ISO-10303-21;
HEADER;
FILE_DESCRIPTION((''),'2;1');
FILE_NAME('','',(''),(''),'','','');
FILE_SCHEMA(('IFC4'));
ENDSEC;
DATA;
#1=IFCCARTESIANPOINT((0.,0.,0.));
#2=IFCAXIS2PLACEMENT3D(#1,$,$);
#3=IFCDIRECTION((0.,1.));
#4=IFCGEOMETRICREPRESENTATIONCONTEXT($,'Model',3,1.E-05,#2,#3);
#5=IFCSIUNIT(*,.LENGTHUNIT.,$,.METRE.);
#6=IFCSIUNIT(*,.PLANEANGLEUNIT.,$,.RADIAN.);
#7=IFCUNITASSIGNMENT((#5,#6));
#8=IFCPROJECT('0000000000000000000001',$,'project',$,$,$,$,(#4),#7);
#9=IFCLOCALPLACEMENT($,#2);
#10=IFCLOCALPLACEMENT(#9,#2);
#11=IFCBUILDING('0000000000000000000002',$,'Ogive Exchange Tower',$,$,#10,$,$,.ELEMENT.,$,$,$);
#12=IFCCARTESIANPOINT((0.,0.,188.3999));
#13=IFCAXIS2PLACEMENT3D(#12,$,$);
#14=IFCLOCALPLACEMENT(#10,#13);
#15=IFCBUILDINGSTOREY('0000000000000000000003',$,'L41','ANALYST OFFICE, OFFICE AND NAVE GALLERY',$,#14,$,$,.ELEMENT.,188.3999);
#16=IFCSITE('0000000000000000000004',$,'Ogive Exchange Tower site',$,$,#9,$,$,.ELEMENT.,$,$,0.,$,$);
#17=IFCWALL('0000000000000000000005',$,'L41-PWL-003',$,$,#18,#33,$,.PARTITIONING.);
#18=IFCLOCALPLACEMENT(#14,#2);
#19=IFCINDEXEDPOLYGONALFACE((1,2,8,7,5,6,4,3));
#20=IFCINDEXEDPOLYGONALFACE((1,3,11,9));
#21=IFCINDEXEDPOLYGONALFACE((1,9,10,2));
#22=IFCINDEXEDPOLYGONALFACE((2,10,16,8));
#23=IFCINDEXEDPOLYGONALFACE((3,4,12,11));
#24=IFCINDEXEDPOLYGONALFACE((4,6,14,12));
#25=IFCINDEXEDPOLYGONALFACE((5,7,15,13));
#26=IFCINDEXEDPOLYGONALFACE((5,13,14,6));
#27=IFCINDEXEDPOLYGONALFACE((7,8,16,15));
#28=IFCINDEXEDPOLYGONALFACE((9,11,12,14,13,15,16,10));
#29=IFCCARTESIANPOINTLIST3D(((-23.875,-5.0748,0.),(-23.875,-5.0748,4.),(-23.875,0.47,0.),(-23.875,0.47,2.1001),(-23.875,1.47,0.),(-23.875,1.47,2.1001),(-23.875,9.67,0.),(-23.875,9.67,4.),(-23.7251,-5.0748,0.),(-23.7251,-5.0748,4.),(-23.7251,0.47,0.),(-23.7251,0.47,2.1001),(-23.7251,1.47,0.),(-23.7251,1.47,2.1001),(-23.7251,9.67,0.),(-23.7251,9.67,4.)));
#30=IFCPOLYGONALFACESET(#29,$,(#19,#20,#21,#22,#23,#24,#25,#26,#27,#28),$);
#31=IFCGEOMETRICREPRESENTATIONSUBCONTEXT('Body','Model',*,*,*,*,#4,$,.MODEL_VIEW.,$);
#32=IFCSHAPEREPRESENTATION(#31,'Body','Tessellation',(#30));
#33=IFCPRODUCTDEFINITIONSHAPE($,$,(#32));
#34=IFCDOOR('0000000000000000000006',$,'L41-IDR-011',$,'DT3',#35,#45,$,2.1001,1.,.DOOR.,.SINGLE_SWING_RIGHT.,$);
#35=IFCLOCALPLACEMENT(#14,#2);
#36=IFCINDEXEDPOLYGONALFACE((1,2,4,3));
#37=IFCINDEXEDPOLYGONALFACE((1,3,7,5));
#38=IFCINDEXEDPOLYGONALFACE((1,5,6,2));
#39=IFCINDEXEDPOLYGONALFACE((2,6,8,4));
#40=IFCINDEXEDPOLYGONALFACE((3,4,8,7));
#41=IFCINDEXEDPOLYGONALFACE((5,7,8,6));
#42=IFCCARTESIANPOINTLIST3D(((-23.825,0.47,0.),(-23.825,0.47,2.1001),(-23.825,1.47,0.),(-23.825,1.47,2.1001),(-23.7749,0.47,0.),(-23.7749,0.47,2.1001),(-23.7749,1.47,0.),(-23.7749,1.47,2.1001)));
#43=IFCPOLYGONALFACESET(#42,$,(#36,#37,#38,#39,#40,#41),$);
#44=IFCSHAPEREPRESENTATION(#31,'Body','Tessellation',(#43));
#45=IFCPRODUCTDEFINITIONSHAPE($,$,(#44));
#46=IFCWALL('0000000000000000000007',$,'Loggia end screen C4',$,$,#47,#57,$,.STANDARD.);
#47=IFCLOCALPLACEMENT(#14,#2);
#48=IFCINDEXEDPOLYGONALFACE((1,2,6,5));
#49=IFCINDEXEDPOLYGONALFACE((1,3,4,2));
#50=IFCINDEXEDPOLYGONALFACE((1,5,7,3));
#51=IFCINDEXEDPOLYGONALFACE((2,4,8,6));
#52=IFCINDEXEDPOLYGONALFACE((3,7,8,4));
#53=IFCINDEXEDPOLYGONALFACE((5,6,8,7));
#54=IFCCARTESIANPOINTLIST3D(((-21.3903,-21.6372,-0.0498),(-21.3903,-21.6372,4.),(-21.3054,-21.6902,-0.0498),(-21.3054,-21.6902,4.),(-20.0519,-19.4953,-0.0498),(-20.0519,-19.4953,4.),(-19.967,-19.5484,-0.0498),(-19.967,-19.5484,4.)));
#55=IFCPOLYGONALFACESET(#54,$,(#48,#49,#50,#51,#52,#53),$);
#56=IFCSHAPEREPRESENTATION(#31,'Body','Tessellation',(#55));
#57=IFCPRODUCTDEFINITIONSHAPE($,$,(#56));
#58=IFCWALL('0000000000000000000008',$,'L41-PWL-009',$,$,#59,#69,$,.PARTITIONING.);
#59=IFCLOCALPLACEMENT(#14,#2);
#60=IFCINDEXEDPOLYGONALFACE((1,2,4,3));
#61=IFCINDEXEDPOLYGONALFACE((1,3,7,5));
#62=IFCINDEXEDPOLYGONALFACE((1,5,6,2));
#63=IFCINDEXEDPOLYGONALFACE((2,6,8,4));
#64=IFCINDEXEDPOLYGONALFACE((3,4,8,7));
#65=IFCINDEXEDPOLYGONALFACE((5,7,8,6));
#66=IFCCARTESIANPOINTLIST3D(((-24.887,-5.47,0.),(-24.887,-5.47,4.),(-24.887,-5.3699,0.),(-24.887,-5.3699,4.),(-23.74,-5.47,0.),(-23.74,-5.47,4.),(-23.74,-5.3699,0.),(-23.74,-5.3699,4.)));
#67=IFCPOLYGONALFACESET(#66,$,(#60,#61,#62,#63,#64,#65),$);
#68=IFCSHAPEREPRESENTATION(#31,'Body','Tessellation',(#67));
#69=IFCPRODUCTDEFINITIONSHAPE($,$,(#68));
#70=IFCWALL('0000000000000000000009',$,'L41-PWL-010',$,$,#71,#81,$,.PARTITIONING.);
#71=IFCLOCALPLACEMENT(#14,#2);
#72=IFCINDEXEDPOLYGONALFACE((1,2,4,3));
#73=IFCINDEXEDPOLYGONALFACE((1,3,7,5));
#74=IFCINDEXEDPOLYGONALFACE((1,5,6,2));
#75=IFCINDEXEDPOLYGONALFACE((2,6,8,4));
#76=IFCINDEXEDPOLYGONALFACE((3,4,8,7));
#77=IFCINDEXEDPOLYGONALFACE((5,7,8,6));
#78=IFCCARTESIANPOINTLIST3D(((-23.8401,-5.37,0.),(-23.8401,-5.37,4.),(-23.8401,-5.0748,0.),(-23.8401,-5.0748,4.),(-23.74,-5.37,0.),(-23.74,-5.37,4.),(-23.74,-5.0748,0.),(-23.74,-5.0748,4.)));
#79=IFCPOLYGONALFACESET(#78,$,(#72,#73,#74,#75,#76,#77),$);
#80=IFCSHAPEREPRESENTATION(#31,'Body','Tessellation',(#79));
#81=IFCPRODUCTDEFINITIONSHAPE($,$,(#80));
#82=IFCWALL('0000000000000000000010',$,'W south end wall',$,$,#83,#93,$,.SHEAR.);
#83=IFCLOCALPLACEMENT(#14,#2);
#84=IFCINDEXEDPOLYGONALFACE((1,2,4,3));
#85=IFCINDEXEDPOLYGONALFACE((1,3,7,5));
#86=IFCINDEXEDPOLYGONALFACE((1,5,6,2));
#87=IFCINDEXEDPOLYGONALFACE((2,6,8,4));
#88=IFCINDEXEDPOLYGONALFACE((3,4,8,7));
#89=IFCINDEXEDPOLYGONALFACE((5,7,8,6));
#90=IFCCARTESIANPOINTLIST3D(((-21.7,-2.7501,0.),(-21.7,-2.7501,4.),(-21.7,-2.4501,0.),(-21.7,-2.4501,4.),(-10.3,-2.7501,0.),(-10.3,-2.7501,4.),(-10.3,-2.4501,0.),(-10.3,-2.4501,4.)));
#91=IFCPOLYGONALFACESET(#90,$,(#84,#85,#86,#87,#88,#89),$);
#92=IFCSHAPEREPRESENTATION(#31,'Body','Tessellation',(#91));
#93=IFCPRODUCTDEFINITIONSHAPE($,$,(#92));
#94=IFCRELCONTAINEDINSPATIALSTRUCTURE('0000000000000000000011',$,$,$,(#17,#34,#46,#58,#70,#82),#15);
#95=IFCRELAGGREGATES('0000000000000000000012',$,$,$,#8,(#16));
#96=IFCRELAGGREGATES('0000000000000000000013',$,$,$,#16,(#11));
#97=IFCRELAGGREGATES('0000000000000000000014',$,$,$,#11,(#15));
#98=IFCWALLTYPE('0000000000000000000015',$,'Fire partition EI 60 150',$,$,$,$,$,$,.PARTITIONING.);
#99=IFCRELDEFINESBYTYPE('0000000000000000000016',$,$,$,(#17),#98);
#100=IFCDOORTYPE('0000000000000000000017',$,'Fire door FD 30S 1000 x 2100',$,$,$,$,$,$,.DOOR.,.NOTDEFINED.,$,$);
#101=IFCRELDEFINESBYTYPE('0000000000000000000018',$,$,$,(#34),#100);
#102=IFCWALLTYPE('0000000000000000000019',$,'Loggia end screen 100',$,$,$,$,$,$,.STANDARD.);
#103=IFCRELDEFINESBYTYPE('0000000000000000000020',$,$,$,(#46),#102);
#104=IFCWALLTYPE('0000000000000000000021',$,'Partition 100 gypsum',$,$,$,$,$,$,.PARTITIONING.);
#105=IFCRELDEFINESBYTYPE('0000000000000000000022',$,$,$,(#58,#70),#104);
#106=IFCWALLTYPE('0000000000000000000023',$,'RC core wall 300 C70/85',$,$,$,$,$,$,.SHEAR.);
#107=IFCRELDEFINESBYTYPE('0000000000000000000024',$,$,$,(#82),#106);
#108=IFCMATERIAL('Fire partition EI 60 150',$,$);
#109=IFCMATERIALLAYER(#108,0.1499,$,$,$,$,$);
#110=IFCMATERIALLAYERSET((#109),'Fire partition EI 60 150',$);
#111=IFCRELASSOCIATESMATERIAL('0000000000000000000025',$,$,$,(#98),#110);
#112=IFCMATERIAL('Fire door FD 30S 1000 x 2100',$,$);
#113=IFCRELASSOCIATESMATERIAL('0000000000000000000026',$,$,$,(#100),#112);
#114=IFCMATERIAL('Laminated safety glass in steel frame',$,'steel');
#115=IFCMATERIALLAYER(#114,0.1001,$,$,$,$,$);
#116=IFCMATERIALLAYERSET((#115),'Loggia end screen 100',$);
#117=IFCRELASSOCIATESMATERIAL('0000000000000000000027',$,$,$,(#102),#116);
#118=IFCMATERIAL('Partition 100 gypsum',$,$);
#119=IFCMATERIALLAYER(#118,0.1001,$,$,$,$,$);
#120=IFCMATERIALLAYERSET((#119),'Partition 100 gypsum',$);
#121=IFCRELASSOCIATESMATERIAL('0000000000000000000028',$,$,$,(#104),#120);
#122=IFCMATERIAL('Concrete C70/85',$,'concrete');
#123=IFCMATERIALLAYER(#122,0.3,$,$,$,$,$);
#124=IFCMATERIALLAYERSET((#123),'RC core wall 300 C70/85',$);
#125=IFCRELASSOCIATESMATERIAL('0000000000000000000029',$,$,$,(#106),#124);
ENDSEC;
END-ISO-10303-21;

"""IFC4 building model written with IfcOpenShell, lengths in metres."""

from ifc_helpers import new_model, si_unit, direction, frame, frame_2d, origin, place, context, subcontext, project, spatial, rectangle, extrude, material, layer, layer_set, type_object, element, fill, save


model = new_model("IFC4")

# Units and contexts
model_context = context("Model", 3, precision=1e-05, world=origin(), true_north=direction((0.0, 1.0)))
body_context = subcontext(model_context, "Body", "Model", "MODEL_VIEW")
ifc_project = project(units=[si_unit("LENGTHUNIT", "METRE"), si_unit("PLANEANGLEUNIT", "RADIAN")], contexts=[model_context])

# Site, building, storey
site_placement = place(None, origin())
site = spatial("IfcSite", under=ifc_project, at=site_placement, Name="Ogive Exchange Tower site", CompositionType="ELEMENT", RefElevation=0.0)
building_placement = place(site_placement, origin())
building = spatial("IfcBuilding", under=site, at=building_placement, Name="Ogive Exchange Tower", CompositionType="ELEMENT")
storey_placement = place(building_placement, frame((0.0, 0.0, 188.3999)))
storey = spatial("IfcBuildingStorey", under=building, at=storey_placement, Name="L41", Description="ANALYST OFFICE, OFFICE AND NAVE GALLERY", CompositionType="ELEMENT", Elevation=188.3999)

# Wall, opening, door
ifc_material_1 = material(Name="Fire partition EI 60 150")
ifc_layer_1 = layer(ifc_material_1, 0.1499)
ifc_layer_set_1 = layer_set([ifc_layer_1], Name="Fire partition EI 60 150")
wall_type_1 = type_object("IfcWallType", Name="Fire partition EI 60 150", PredefinedType="PARTITIONING", material=ifc_layer_set_1)
wall_1_placement = place(storey_placement, frame((-23.8, -5.075, 0.0), z_axis=(0.0, 0.0, 1.0), x_axis=(0.0, 1.0, 0.0)))
wall_1 = element("IfcWall", 1, at=wall_1_placement, inside=storey, type_object=wall_type_1, Name="L41-PWL-003", PredefinedType="PARTITIONING", context=body_context, shape_type="SweptSolid", body=[
    extrude(rectangle(XDim=14.7449, YDim=0.1499, at=frame_2d((7.3726, 0.0))), origin(), (0.0, 0.0, 1.0), 4.0),
])
opening_placement = place(wall_1_placement, frame((5.5449, 0.0, 0.0)))
opening = element("IfcOpeningElement", 2, at=opening_placement, cuts=wall_1, PredefinedType="OPENING", context=body_context, shape_type="SweptSolid", body=[
    extrude(rectangle(XDim=1.0, YDim=2.1001, at=frame_2d((0.5, 1.05))), frame((0.0, 0.085, 0.0), z_axis=(0.0, -1.0, 0.0), x_axis=(1.0, 0.0, 0.0)), (0.0, 0.0, 1.0), 0.1699),
])
ifc_material_2 = material(Name="Fire door FD 30S 1000 x 2100")
door_type = type_object("IfcDoorType", Name="Fire door FD 30S 1000 x 2100", OperationType="NOTDEFINED", PredefinedType="DOOR", material=ifc_material_2)
door_placement = place(opening_placement, origin())
door = element("IfcDoor", 3, at=door_placement, inside=storey, type_object=door_type, Name="L41-IDR-011", ObjectType="DT3", OperationType="SINGLE_SWING_RIGHT", OverallHeight=2.1001, OverallWidth=1.0, PredefinedType="DOOR", context=body_context, shape_type="SweptSolid", body=[
    extrude(rectangle(XDim=1.0, YDim=2.1001, at=frame_2d((0.5, 1.05))), frame((0.0, 0.0249, 0.0), z_axis=(0.0, -1.0, 0.0), x_axis=(1.0, 0.0, 0.0)), (0.0, 0.0, 1.0), 0.05),
])
fill(opening, door)

# Walls
ifc_material_3 = material(Name="Laminated safety glass in steel frame", Category="steel")
ifc_layer_2 = layer(ifc_material_3, 0.1001)
ifc_layer_set_2 = layer_set([ifc_layer_2], Name="Loggia end screen 100")
wall_type_2 = type_object("IfcWallType", Name="Loggia end screen 100", PredefinedType="STANDARD", material=ifc_layer_set_2)
wall_2_placement = place(storey_placement, frame((-20.0095, -19.522, -0.0498), z_axis=(0.0, 0.0, 1.0), x_axis=(-0.529921, -0.848047, 0.0)))
element("IfcWall", 4, at=wall_2_placement, inside=storey, type_object=wall_type_2, Name="Loggia end screen C4", PredefinedType="STANDARD", context=body_context, shape_type="SweptSolid", body=[
    extrude(rectangle(XDim=2.5256, YDim=0.1001, at=frame_2d((1.2627, 0.0))), origin(), (0.0, 0.0, 1.0), 4.0498),
])
ifc_material_4 = material(Name="Partition 100 gypsum")
ifc_layer_3 = layer(ifc_material_4, 0.1001)
ifc_layer_set_3 = layer_set([ifc_layer_3], Name="Partition 100 gypsum")
wall_type_3 = type_object("IfcWallType", Name="Partition 100 gypsum", PredefinedType="PARTITIONING", material=ifc_layer_set_3)
wall_3_placement = place(storey_placement, frame((-23.74, -5.4199, 0.0), z_axis=(0.0, 0.0, 1.0), x_axis=(-1.0, 0.0, 0.0)))
element("IfcWall", 5, at=wall_3_placement, inside=storey, type_object=wall_type_3, Name="L41-PWL-009", PredefinedType="PARTITIONING", context=body_context, shape_type="SweptSolid", body=[
    extrude(rectangle(XDim=1.147, YDim=0.1001, at=frame_2d((0.5735, 0.0))), origin(), (0.0, 0.0, 1.0), 4.0),
])
wall_4_placement = place(storey_placement, frame((-23.79, -5.075, 0.0), z_axis=(0.0, 0.0, 1.0), x_axis=(0.0, -1.0, 0.0)))
element("IfcWall", 6, at=wall_4_placement, inside=storey, type_object=wall_type_3, Name="L41-PWL-010", PredefinedType="PARTITIONING", context=body_context, shape_type="SweptSolid", body=[
    extrude(rectangle(XDim=0.2952, YDim=0.1001, at=frame_2d((0.1475, 0.0))), origin(), (0.0, 0.0, 1.0), 4.0),
])
ifc_material_5 = material(Name="Concrete C70/85", Category="concrete")
ifc_layer_4 = layer(ifc_material_5, 0.3)
ifc_layer_set_4 = layer_set([ifc_layer_4], Name="RC core wall 300 C70/85")
wall_type_4 = type_object("IfcWallType", Name="RC core wall 300 C70/85", PredefinedType="SHEAR", material=ifc_layer_set_4)
wall_5_placement = place(storey_placement, frame((-21.7, -2.6001, 0.0), z_axis=(0.0, 0.0, 1.0), x_axis=(1.0, 0.0, 0.0)))
element("IfcWall", 7, at=wall_5_placement, inside=storey, type_object=wall_type_4, Name="W south end wall", PredefinedType="SHEAR", context=body_context, shape_type="SweptSolid", body=[
    extrude(rectangle(XDim=11.3999, YDim=0.3, at=frame_2d((5.7, 0.0))), origin(), (0.0, 0.0, 1.0), 4.0),
])

save(model, "model.ifc")
